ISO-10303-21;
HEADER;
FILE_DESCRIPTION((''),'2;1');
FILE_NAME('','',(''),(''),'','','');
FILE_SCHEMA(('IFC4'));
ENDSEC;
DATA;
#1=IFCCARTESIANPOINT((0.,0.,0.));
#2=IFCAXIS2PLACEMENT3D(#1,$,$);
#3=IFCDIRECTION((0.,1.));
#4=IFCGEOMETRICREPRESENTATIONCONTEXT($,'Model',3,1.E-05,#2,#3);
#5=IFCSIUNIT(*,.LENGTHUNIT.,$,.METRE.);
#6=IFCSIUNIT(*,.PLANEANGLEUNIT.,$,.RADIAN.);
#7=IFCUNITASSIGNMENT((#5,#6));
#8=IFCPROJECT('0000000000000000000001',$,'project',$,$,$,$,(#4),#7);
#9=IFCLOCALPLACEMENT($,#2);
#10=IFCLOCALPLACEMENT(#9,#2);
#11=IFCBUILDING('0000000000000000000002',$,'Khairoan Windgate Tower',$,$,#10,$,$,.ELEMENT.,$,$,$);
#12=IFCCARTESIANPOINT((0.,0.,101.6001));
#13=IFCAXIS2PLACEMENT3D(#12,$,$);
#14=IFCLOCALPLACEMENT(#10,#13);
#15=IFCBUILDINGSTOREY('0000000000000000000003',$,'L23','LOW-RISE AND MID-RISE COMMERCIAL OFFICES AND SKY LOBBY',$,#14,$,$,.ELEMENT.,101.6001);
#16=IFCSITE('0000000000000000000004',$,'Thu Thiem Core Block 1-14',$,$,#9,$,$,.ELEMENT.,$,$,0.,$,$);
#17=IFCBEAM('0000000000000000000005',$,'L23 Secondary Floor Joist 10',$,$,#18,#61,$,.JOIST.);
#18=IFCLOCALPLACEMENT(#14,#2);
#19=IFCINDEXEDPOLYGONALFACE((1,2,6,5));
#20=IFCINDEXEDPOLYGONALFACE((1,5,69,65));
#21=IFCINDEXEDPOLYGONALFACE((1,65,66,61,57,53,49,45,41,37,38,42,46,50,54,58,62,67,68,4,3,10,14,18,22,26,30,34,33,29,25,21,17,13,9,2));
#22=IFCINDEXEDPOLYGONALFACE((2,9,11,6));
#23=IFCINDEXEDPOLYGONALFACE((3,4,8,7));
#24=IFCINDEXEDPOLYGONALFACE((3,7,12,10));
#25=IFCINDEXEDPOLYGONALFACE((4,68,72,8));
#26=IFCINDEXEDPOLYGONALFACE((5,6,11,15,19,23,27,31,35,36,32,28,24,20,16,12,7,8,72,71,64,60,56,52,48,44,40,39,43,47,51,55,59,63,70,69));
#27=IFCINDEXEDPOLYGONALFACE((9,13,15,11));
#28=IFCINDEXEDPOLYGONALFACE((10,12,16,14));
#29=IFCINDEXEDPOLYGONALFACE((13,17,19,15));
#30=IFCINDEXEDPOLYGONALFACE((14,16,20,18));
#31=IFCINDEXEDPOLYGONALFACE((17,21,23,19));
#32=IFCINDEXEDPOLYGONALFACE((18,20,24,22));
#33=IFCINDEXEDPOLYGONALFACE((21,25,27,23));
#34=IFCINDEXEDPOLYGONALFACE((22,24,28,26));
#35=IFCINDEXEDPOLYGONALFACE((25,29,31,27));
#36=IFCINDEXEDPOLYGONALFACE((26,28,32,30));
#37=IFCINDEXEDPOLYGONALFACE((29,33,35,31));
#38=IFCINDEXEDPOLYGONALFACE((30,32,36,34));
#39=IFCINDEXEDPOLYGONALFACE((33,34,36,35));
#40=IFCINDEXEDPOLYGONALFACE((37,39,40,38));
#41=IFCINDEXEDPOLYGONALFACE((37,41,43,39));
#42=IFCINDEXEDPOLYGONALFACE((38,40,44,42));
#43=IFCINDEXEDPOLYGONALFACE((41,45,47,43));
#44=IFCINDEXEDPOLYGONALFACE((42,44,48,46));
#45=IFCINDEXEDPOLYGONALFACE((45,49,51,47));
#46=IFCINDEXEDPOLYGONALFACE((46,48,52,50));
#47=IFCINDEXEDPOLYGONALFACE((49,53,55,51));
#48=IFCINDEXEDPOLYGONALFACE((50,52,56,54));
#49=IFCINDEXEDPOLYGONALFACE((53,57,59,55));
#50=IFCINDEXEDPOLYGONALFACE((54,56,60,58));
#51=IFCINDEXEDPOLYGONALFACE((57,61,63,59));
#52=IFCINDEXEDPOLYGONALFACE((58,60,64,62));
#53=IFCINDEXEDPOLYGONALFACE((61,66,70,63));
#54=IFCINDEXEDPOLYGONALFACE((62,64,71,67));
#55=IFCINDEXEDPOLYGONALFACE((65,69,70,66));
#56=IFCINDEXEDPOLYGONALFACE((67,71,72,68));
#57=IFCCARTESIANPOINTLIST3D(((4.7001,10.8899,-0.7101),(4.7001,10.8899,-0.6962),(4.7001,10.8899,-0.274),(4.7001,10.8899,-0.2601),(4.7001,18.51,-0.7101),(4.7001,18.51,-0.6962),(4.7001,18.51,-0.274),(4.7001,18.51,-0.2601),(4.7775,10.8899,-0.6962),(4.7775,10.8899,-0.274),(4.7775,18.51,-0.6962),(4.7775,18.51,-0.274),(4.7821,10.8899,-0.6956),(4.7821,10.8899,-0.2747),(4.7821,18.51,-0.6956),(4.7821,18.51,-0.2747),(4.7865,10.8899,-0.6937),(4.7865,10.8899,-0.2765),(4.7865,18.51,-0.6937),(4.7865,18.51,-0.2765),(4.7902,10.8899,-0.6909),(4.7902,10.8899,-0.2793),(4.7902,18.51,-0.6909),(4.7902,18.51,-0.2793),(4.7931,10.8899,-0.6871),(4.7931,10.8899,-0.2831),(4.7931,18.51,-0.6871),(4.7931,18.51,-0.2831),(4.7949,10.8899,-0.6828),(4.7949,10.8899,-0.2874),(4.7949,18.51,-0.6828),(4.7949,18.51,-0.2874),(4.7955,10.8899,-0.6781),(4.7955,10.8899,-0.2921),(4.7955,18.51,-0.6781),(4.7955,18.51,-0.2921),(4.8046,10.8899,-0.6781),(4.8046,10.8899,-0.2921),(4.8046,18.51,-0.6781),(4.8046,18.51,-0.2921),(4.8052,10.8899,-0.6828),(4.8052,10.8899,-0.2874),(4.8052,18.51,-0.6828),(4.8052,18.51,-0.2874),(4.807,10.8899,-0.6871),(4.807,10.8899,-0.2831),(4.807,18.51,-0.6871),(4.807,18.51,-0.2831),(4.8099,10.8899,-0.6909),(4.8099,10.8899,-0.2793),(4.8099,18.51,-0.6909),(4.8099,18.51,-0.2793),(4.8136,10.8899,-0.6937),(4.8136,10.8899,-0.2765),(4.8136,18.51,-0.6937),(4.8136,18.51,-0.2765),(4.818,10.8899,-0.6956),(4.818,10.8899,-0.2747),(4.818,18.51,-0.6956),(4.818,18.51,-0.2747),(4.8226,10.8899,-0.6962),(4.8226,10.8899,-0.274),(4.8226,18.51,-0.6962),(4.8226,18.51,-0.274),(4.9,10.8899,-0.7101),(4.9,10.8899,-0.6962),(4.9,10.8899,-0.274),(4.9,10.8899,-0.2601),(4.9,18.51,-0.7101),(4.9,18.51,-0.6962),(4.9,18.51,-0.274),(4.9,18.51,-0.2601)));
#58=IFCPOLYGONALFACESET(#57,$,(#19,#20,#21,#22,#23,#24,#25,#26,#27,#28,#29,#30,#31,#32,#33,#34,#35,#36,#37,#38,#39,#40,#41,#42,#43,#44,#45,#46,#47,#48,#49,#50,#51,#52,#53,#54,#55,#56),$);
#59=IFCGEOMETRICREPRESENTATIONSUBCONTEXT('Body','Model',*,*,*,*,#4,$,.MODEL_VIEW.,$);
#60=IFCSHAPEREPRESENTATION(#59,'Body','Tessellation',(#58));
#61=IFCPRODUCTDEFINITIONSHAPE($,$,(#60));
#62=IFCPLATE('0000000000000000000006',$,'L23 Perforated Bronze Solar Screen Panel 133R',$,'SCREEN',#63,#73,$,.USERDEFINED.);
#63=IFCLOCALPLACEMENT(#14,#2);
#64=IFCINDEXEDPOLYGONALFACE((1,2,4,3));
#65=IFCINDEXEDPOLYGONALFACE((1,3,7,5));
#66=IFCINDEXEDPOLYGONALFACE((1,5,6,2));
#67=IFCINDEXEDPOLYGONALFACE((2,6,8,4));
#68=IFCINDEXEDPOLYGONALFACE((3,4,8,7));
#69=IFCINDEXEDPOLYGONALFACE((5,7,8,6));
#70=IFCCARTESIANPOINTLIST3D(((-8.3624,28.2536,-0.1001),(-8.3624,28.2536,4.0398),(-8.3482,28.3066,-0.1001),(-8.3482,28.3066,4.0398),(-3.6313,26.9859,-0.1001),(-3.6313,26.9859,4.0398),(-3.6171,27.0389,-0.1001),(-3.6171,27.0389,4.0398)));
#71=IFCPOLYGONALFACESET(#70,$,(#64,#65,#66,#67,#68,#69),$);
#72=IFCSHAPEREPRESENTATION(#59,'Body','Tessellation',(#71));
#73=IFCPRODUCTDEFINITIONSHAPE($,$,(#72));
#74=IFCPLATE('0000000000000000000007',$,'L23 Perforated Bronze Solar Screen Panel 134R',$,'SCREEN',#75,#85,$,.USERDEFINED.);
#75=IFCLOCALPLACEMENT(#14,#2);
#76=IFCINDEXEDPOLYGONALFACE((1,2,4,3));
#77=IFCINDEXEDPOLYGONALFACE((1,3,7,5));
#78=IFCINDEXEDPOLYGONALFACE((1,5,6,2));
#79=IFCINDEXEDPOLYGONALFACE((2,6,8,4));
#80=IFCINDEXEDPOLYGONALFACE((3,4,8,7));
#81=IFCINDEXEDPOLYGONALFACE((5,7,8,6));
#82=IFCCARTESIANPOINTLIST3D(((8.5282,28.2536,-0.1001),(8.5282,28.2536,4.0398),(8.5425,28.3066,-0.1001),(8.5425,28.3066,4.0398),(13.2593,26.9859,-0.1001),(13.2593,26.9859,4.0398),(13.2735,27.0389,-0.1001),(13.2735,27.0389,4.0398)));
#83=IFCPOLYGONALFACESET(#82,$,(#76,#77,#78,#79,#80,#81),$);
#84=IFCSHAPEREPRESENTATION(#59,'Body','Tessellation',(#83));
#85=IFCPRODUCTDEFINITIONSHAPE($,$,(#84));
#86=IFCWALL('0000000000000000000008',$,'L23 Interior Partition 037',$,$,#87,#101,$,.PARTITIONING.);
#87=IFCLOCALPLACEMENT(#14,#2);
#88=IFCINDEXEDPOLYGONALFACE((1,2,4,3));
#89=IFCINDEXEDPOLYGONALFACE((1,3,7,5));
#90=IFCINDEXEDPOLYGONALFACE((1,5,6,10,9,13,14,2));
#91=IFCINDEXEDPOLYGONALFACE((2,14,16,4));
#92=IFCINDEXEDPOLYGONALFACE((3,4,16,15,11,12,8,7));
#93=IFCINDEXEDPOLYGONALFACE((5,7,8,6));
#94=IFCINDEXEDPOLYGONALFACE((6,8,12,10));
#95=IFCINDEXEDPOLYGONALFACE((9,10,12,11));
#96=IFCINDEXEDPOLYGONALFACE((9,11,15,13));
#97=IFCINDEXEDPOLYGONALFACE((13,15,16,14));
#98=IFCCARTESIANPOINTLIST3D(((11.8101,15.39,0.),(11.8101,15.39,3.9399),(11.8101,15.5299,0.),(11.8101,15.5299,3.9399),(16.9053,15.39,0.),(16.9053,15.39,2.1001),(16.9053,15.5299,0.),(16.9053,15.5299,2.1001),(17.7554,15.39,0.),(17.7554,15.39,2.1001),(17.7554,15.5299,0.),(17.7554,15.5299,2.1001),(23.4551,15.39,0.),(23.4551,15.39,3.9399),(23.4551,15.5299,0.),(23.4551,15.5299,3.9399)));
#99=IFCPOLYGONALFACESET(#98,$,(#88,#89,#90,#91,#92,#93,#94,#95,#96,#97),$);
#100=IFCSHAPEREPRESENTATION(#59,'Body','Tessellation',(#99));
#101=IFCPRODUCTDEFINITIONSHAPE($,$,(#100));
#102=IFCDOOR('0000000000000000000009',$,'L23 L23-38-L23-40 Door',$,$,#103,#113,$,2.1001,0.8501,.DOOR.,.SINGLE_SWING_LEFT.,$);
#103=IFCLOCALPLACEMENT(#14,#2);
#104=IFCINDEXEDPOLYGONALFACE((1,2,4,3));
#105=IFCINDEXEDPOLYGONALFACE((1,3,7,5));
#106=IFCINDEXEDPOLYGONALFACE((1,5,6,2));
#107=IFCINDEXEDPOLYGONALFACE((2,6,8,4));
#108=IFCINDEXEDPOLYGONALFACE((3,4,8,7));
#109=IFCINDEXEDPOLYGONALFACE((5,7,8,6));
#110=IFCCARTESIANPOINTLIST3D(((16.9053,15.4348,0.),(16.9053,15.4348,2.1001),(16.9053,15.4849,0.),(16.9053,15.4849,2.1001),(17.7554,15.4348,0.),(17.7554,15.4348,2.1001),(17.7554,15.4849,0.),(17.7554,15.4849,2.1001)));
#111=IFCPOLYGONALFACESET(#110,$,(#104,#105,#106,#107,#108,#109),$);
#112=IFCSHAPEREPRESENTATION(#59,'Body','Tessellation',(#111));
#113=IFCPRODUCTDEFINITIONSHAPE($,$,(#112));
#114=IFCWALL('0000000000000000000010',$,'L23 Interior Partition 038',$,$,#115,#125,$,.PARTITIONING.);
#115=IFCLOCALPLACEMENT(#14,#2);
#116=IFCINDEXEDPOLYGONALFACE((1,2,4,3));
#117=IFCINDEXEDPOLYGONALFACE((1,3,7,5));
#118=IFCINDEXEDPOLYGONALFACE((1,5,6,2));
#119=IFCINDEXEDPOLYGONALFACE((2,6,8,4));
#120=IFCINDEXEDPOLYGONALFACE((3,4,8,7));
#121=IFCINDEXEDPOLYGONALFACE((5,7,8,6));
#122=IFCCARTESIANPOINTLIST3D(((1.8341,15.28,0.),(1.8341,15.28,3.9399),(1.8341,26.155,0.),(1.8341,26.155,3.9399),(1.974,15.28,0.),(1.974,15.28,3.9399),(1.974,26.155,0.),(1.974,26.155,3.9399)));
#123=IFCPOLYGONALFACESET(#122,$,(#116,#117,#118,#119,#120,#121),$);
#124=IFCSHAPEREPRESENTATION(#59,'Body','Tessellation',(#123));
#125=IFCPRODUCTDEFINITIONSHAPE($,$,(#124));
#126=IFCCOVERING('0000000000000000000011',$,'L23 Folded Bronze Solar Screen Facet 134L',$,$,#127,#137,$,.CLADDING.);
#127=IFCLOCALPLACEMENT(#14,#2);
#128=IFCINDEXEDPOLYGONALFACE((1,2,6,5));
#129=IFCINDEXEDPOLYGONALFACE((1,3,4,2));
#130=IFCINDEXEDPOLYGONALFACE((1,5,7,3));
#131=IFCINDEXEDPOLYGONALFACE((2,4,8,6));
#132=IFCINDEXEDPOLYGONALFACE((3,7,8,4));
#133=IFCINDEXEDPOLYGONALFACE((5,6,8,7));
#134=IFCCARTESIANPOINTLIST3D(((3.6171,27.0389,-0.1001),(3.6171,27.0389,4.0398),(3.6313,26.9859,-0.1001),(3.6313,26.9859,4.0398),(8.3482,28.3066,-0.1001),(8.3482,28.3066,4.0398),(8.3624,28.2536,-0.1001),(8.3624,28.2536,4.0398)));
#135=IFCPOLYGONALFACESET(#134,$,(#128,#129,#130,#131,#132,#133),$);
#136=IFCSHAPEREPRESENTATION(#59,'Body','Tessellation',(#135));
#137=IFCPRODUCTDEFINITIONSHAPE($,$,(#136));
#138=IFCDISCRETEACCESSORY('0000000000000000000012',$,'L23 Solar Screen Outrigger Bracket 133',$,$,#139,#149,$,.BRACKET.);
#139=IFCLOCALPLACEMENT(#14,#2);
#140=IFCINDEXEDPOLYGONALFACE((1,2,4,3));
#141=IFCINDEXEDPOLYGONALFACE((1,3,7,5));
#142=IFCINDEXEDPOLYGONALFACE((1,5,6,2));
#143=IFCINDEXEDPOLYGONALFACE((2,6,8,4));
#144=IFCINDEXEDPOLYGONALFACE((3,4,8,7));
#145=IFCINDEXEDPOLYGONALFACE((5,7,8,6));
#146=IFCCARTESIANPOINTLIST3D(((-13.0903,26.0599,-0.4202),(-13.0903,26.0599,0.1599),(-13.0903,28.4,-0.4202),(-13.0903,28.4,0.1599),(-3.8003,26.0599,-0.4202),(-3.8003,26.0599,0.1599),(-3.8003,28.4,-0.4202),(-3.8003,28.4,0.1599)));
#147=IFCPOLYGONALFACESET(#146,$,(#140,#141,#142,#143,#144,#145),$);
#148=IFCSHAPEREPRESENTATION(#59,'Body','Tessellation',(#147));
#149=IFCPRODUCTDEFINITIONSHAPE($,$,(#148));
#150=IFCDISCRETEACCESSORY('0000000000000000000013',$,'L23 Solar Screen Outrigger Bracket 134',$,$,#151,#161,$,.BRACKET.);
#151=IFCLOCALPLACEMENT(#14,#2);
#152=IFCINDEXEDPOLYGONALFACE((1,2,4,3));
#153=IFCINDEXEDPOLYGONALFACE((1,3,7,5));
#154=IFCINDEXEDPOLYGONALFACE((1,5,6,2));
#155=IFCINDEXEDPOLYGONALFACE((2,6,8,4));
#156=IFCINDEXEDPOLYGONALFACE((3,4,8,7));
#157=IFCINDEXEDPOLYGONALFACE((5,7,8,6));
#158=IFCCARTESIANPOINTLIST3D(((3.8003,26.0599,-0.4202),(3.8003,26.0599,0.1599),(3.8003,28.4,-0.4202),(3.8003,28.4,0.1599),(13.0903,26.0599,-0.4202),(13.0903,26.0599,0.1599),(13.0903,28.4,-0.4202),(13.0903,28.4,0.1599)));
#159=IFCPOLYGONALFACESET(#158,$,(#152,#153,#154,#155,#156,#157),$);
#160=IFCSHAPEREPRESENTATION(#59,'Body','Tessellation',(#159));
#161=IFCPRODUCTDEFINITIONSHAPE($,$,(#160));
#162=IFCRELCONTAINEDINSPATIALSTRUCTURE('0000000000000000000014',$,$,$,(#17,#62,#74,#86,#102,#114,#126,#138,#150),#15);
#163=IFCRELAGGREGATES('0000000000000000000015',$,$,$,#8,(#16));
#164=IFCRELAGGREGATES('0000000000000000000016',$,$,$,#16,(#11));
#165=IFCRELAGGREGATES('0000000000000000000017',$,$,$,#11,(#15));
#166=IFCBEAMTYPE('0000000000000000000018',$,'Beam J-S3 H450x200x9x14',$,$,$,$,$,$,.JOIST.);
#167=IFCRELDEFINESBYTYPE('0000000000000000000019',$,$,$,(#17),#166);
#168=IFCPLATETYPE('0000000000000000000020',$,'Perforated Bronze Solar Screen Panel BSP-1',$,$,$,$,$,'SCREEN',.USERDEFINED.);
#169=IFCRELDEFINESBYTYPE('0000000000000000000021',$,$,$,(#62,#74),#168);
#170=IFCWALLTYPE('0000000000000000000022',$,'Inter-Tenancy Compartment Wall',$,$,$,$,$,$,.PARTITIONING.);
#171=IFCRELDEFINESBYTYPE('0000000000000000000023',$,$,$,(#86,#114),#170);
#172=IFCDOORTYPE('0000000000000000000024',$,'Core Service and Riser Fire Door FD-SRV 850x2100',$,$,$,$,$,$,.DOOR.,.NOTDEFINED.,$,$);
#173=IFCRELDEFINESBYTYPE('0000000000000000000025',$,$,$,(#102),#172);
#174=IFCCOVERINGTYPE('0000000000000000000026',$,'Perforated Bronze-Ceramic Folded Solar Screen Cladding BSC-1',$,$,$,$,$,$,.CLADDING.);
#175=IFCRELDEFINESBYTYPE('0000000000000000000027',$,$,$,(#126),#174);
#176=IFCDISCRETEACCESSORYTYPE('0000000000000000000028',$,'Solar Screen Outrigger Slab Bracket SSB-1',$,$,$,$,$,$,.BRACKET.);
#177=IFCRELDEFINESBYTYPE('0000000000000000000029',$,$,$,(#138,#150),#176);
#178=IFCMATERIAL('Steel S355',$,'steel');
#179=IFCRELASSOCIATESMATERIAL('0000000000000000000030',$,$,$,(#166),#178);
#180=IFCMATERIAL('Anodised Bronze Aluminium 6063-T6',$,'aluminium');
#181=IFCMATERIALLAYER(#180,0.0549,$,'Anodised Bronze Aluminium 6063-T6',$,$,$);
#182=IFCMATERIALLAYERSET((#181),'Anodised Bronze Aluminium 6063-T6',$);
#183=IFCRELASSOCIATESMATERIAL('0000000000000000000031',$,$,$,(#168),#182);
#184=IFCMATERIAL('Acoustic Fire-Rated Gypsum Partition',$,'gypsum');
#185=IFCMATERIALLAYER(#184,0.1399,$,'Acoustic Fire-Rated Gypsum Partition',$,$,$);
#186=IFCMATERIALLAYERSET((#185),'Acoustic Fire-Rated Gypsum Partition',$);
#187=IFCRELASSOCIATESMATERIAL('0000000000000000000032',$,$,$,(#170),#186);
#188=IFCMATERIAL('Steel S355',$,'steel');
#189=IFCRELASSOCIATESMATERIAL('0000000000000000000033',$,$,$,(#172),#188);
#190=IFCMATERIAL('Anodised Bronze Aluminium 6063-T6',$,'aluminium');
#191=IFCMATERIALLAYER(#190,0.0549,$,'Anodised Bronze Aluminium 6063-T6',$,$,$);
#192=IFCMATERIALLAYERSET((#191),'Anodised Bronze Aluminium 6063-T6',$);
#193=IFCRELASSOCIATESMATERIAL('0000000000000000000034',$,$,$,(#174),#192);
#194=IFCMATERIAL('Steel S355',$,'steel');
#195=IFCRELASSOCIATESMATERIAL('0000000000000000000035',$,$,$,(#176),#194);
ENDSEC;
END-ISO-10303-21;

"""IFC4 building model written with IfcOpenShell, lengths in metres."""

from ifc_helpers import new_model, si_unit, direction, frame, frame_2d, origin, origin_2d, place, context, subcontext, project, spatial, rectangle, i_section, extrude, material, layer, layer_set, material_profile, profile_set, type_object, element, fill, save


model = new_model("IFC4")

# Units and contexts
model_context = context("Model", 3, precision=1e-05, world=origin(), true_north=direction((0.0, 1.0)))
body_context = subcontext(model_context, "Body", "Model", "MODEL_VIEW")
ifc_project = project(units=[si_unit("LENGTHUNIT", "METRE"), si_unit("PLANEANGLEUNIT", "RADIAN")], contexts=[model_context])

# Site, building, storey
site_placement = place(None, origin())
site = spatial("IfcSite", under=ifc_project, at=site_placement, Name="Thu Thiem Core Block 1-14", CompositionType="ELEMENT", RefElevation=0.0)
building_placement = place(site_placement, origin())
building = spatial("IfcBuilding", under=site, at=building_placement, Name="Khairoan Windgate Tower", CompositionType="ELEMENT")
storey_placement = place(building_placement, frame((0.0, 0.0, 101.6001)))
storey = spatial("IfcBuildingStorey", under=building, at=storey_placement, Name="L23", Description="LOW-RISE AND MID-RISE COMMERCIAL OFFICES AND SKY LOBBY", CompositionType="ELEMENT", Elevation=101.6001)

# Beam
ifc_material_1 = material(Name="Steel S355", Category="steel")
ifc_material_profile_1 = material_profile(ifc_material_1, i_section(OverallWidth=0.2, OverallDepth=0.45, WebThickness=0.009, FlangeThickness=0.0139, FilletRadius=0.0181, at=origin_2d()))
ifc_profile_set_1 = profile_set([ifc_material_profile_1], Name="Steel S355")
beam_type_1 = type_object("IfcBeamType", Name="Beam J-S3 H450x200x9x14", PredefinedType="JOIST", material=ifc_profile_set_1)
for number, where, z_axis, x_axis, name in (
    (1, (4.8, 10.8899, -0.4851), (0.0, 1.0, 0.0), (-1.0, 0.0, 0.0), "L23 Secondary Floor Joist 10"),
):
    element("IfcBeam", number, at=place(storey_placement, frame(where, z_axis=z_axis, x_axis=x_axis)), inside=storey, type_object=beam_type_1, Name=name, PredefinedType="JOIST", context=body_context, shape_type="SweptSolid", body=[
        extrude(i_section(OverallWidth=0.2, OverallDepth=0.45, WebThickness=0.009, FlangeThickness=0.0139, FilletRadius=0.0181, at=origin_2d()), origin(), (0.0, 0.0, 1.0), 7.6201),
    ])

# Plates
ifc_material_2 = material(Name="Anodised Bronze Aluminium 6063-T6", Category="aluminium")
ifc_layer_1 = layer(ifc_material_2, 0.0549, Name="Anodised Bronze Aluminium 6063-T6")
ifc_layer_set_1 = layer_set([ifc_layer_1], Name="Anodised Bronze Aluminium 6063-T6")
plate_type = type_object("IfcPlateType", Name="Perforated Bronze Solar Screen Panel BSP-1", ElementType="SCREEN", PredefinedType="USERDEFINED", material=ifc_layer_set_1)
for number, where, z_axis, x_axis, name in (
    (2, (-5.9897, 27.6462, -0.1001), (0.0, 0.0, 1.0), (0.965926, -0.258819, 0.0), "L23 Perforated Bronze Solar Screen Panel 133R"),
    (3, (10.9009, 27.6462, -0.1001), (0.0, 0.0, 1.0), (0.965926, -0.258819, 0.0), "L23 Perforated Bronze Solar Screen Panel 134R"),
):
    element("IfcPlate", number, at=place(storey_placement, frame(where, z_axis=z_axis, x_axis=x_axis)), inside=storey, type_object=plate_type, Name=name, ObjectType="SCREEN", PredefinedType="USERDEFINED", context=body_context, shape_type="SweptSolid", body=[
        extrude(rectangle(XDim=4.8979, YDim=0.0549, at=origin_2d()), origin(), (0.0, 0.0, 1.0), 4.1399),
    ])

# Wall, opening, door
ifc_material_3 = material(Name="Acoustic Fire-Rated Gypsum Partition", Category="gypsum")
ifc_layer_2 = layer(ifc_material_3, 0.1399, Name="Acoustic Fire-Rated Gypsum Partition")
ifc_layer_set_2 = layer_set([ifc_layer_2], Name="Acoustic Fire-Rated Gypsum Partition")
wall_type = type_object("IfcWallType", Name="Inter-Tenancy Compartment Wall", PredefinedType="PARTITIONING", material=ifc_layer_set_2)
wall_1_placement = place(storey_placement, frame((11.8101, 15.46, 0.0), z_axis=(0.0, 0.0, 1.0), x_axis=(1.0, 0.0, 0.0)))
wall_1 = element("IfcWall", 4, at=wall_1_placement, inside=storey, type_object=wall_type, Name="L23 Interior Partition 037", PredefinedType="PARTITIONING", context=body_context, shape_type="SweptSolid", body=[
    extrude(rectangle(XDim=11.645, YDim=0.1399, at=frame_2d((5.8225, 0.0))), origin(), (0.0, 0.0, 1.0), 3.9399),
])
opening_placement = place(wall_1_placement, frame((5.0952, 0.0, 0.0)))
opening = element("IfcOpeningElement", 5, at=opening_placement, cuts=wall_1, PredefinedType="OPENING", context=body_context, shape_type="SweptSolid", body=[
    extrude(rectangle(XDim=0.8501, YDim=2.1001, at=frame_2d((0.425, 1.05))), frame((0.0, 0.0798, 0.0), z_axis=(0.0, -1.0, 0.0), x_axis=(1.0, 0.0, 0.0)), (0.0, 0.0, 1.0), 0.1599),
])
ifc_material_4 = material(Name="Steel S355", Category="steel")
door_type = type_object("IfcDoorType", Name="Core Service and Riser Fire Door FD-SRV 850x2100", OperationType="NOTDEFINED", PredefinedType="DOOR", material=ifc_material_4)
door_placement = place(opening_placement, origin())
door = element("IfcDoor", 6, at=door_placement, inside=storey, type_object=door_type, Name="L23 L23-38-L23-40 Door", OperationType="SINGLE_SWING_LEFT", OverallHeight=2.1001, OverallWidth=0.8501, PredefinedType="DOOR", context=body_context, shape_type="SweptSolid", body=[
    extrude(rectangle(XDim=0.8501, YDim=2.1001, at=frame_2d((0.425, 1.05))), frame((0.0, 0.0249, 0.0), z_axis=(0.0, -1.0, 0.0), x_axis=(1.0, 0.0, 0.0)), (0.0, 0.0, 1.0), 0.05),
])
fill(opening, door)

# Wall
wall_2_placement = place(storey_placement, frame((1.9041, 15.28, 0.0), z_axis=(0.0, 0.0, 1.0), x_axis=(0.0, 1.0, 0.0)))
element("IfcWall", 7, at=wall_2_placement, inside=storey, type_object=wall_type, Name="L23 Interior Partition 038", PredefinedType="PARTITIONING", context=body_context, shape_type="SweptSolid", body=[
    extrude(rectangle(XDim=10.875, YDim=0.1399, at=frame_2d((5.4375, 0.0))), origin(), (0.0, 0.0, 1.0), 3.9399),
])

# Covering
ifc_material_5 = material(Name="Anodised Bronze Aluminium 6063-T6", Category="aluminium")
ifc_layer_3 = layer(ifc_material_5, 0.0549, Name="Anodised Bronze Aluminium 6063-T6")
ifc_layer_set_3 = layer_set([ifc_layer_3], Name="Anodised Bronze Aluminium 6063-T6")
covering_type = type_object("IfcCoveringType", Name="Perforated Bronze-Ceramic Folded Solar Screen Cladding BSC-1", PredefinedType="CLADDING", material=ifc_layer_set_3)
covering_placement = place(storey_placement, frame((5.9897, 27.6462, -0.1001), z_axis=(0.0, 0.0, 1.0), x_axis=(0.965926, 0.258819, 0.0)))
element("IfcCovering", 8, at=covering_placement, inside=storey, type_object=covering_type, Name="L23 Folded Bronze Solar Screen Facet 134L", PredefinedType="CLADDING", context=body_context, shape_type="SweptSolid", body=[
    extrude(rectangle(XDim=4.8979, YDim=0.0549, at=origin_2d()), origin(), (0.0, 0.0, 1.0), 4.1399),
])

# Discrete accessories
ifc_material_6 = material(Name="Steel S355", Category="steel")
discrete_accessory_type = type_object("IfcDiscreteAccessoryType", Name="Solar Screen Outrigger Slab Bracket SSB-1", PredefinedType="BRACKET", material=ifc_material_6)
for number, where, z_axis, x_axis, name in (
    (9, (-8.4453, 27.23, -0.4202), (0.0, 0.0, 1.0), (1.0, 0.0, 0.0), "L23 Solar Screen Outrigger Bracket 133"),
    (10, (8.4453, 27.23, -0.4202), (0.0, 0.0, 1.0), (1.0, 0.0, 0.0), "L23 Solar Screen Outrigger Bracket 134"),
):
    element("IfcDiscreteAccessory", number, at=place(storey_placement, frame(where, z_axis=z_axis, x_axis=x_axis)), inside=storey, type_object=discrete_accessory_type, Name=name, PredefinedType="BRACKET", context=body_context, shape_type="SweptSolid", body=[
        extrude(rectangle(XDim=9.29, YDim=2.3401, at=origin_2d()), origin(), (0.0, 0.0, 1.0), 0.5801),
    ])

save(model, "model.ifc")
